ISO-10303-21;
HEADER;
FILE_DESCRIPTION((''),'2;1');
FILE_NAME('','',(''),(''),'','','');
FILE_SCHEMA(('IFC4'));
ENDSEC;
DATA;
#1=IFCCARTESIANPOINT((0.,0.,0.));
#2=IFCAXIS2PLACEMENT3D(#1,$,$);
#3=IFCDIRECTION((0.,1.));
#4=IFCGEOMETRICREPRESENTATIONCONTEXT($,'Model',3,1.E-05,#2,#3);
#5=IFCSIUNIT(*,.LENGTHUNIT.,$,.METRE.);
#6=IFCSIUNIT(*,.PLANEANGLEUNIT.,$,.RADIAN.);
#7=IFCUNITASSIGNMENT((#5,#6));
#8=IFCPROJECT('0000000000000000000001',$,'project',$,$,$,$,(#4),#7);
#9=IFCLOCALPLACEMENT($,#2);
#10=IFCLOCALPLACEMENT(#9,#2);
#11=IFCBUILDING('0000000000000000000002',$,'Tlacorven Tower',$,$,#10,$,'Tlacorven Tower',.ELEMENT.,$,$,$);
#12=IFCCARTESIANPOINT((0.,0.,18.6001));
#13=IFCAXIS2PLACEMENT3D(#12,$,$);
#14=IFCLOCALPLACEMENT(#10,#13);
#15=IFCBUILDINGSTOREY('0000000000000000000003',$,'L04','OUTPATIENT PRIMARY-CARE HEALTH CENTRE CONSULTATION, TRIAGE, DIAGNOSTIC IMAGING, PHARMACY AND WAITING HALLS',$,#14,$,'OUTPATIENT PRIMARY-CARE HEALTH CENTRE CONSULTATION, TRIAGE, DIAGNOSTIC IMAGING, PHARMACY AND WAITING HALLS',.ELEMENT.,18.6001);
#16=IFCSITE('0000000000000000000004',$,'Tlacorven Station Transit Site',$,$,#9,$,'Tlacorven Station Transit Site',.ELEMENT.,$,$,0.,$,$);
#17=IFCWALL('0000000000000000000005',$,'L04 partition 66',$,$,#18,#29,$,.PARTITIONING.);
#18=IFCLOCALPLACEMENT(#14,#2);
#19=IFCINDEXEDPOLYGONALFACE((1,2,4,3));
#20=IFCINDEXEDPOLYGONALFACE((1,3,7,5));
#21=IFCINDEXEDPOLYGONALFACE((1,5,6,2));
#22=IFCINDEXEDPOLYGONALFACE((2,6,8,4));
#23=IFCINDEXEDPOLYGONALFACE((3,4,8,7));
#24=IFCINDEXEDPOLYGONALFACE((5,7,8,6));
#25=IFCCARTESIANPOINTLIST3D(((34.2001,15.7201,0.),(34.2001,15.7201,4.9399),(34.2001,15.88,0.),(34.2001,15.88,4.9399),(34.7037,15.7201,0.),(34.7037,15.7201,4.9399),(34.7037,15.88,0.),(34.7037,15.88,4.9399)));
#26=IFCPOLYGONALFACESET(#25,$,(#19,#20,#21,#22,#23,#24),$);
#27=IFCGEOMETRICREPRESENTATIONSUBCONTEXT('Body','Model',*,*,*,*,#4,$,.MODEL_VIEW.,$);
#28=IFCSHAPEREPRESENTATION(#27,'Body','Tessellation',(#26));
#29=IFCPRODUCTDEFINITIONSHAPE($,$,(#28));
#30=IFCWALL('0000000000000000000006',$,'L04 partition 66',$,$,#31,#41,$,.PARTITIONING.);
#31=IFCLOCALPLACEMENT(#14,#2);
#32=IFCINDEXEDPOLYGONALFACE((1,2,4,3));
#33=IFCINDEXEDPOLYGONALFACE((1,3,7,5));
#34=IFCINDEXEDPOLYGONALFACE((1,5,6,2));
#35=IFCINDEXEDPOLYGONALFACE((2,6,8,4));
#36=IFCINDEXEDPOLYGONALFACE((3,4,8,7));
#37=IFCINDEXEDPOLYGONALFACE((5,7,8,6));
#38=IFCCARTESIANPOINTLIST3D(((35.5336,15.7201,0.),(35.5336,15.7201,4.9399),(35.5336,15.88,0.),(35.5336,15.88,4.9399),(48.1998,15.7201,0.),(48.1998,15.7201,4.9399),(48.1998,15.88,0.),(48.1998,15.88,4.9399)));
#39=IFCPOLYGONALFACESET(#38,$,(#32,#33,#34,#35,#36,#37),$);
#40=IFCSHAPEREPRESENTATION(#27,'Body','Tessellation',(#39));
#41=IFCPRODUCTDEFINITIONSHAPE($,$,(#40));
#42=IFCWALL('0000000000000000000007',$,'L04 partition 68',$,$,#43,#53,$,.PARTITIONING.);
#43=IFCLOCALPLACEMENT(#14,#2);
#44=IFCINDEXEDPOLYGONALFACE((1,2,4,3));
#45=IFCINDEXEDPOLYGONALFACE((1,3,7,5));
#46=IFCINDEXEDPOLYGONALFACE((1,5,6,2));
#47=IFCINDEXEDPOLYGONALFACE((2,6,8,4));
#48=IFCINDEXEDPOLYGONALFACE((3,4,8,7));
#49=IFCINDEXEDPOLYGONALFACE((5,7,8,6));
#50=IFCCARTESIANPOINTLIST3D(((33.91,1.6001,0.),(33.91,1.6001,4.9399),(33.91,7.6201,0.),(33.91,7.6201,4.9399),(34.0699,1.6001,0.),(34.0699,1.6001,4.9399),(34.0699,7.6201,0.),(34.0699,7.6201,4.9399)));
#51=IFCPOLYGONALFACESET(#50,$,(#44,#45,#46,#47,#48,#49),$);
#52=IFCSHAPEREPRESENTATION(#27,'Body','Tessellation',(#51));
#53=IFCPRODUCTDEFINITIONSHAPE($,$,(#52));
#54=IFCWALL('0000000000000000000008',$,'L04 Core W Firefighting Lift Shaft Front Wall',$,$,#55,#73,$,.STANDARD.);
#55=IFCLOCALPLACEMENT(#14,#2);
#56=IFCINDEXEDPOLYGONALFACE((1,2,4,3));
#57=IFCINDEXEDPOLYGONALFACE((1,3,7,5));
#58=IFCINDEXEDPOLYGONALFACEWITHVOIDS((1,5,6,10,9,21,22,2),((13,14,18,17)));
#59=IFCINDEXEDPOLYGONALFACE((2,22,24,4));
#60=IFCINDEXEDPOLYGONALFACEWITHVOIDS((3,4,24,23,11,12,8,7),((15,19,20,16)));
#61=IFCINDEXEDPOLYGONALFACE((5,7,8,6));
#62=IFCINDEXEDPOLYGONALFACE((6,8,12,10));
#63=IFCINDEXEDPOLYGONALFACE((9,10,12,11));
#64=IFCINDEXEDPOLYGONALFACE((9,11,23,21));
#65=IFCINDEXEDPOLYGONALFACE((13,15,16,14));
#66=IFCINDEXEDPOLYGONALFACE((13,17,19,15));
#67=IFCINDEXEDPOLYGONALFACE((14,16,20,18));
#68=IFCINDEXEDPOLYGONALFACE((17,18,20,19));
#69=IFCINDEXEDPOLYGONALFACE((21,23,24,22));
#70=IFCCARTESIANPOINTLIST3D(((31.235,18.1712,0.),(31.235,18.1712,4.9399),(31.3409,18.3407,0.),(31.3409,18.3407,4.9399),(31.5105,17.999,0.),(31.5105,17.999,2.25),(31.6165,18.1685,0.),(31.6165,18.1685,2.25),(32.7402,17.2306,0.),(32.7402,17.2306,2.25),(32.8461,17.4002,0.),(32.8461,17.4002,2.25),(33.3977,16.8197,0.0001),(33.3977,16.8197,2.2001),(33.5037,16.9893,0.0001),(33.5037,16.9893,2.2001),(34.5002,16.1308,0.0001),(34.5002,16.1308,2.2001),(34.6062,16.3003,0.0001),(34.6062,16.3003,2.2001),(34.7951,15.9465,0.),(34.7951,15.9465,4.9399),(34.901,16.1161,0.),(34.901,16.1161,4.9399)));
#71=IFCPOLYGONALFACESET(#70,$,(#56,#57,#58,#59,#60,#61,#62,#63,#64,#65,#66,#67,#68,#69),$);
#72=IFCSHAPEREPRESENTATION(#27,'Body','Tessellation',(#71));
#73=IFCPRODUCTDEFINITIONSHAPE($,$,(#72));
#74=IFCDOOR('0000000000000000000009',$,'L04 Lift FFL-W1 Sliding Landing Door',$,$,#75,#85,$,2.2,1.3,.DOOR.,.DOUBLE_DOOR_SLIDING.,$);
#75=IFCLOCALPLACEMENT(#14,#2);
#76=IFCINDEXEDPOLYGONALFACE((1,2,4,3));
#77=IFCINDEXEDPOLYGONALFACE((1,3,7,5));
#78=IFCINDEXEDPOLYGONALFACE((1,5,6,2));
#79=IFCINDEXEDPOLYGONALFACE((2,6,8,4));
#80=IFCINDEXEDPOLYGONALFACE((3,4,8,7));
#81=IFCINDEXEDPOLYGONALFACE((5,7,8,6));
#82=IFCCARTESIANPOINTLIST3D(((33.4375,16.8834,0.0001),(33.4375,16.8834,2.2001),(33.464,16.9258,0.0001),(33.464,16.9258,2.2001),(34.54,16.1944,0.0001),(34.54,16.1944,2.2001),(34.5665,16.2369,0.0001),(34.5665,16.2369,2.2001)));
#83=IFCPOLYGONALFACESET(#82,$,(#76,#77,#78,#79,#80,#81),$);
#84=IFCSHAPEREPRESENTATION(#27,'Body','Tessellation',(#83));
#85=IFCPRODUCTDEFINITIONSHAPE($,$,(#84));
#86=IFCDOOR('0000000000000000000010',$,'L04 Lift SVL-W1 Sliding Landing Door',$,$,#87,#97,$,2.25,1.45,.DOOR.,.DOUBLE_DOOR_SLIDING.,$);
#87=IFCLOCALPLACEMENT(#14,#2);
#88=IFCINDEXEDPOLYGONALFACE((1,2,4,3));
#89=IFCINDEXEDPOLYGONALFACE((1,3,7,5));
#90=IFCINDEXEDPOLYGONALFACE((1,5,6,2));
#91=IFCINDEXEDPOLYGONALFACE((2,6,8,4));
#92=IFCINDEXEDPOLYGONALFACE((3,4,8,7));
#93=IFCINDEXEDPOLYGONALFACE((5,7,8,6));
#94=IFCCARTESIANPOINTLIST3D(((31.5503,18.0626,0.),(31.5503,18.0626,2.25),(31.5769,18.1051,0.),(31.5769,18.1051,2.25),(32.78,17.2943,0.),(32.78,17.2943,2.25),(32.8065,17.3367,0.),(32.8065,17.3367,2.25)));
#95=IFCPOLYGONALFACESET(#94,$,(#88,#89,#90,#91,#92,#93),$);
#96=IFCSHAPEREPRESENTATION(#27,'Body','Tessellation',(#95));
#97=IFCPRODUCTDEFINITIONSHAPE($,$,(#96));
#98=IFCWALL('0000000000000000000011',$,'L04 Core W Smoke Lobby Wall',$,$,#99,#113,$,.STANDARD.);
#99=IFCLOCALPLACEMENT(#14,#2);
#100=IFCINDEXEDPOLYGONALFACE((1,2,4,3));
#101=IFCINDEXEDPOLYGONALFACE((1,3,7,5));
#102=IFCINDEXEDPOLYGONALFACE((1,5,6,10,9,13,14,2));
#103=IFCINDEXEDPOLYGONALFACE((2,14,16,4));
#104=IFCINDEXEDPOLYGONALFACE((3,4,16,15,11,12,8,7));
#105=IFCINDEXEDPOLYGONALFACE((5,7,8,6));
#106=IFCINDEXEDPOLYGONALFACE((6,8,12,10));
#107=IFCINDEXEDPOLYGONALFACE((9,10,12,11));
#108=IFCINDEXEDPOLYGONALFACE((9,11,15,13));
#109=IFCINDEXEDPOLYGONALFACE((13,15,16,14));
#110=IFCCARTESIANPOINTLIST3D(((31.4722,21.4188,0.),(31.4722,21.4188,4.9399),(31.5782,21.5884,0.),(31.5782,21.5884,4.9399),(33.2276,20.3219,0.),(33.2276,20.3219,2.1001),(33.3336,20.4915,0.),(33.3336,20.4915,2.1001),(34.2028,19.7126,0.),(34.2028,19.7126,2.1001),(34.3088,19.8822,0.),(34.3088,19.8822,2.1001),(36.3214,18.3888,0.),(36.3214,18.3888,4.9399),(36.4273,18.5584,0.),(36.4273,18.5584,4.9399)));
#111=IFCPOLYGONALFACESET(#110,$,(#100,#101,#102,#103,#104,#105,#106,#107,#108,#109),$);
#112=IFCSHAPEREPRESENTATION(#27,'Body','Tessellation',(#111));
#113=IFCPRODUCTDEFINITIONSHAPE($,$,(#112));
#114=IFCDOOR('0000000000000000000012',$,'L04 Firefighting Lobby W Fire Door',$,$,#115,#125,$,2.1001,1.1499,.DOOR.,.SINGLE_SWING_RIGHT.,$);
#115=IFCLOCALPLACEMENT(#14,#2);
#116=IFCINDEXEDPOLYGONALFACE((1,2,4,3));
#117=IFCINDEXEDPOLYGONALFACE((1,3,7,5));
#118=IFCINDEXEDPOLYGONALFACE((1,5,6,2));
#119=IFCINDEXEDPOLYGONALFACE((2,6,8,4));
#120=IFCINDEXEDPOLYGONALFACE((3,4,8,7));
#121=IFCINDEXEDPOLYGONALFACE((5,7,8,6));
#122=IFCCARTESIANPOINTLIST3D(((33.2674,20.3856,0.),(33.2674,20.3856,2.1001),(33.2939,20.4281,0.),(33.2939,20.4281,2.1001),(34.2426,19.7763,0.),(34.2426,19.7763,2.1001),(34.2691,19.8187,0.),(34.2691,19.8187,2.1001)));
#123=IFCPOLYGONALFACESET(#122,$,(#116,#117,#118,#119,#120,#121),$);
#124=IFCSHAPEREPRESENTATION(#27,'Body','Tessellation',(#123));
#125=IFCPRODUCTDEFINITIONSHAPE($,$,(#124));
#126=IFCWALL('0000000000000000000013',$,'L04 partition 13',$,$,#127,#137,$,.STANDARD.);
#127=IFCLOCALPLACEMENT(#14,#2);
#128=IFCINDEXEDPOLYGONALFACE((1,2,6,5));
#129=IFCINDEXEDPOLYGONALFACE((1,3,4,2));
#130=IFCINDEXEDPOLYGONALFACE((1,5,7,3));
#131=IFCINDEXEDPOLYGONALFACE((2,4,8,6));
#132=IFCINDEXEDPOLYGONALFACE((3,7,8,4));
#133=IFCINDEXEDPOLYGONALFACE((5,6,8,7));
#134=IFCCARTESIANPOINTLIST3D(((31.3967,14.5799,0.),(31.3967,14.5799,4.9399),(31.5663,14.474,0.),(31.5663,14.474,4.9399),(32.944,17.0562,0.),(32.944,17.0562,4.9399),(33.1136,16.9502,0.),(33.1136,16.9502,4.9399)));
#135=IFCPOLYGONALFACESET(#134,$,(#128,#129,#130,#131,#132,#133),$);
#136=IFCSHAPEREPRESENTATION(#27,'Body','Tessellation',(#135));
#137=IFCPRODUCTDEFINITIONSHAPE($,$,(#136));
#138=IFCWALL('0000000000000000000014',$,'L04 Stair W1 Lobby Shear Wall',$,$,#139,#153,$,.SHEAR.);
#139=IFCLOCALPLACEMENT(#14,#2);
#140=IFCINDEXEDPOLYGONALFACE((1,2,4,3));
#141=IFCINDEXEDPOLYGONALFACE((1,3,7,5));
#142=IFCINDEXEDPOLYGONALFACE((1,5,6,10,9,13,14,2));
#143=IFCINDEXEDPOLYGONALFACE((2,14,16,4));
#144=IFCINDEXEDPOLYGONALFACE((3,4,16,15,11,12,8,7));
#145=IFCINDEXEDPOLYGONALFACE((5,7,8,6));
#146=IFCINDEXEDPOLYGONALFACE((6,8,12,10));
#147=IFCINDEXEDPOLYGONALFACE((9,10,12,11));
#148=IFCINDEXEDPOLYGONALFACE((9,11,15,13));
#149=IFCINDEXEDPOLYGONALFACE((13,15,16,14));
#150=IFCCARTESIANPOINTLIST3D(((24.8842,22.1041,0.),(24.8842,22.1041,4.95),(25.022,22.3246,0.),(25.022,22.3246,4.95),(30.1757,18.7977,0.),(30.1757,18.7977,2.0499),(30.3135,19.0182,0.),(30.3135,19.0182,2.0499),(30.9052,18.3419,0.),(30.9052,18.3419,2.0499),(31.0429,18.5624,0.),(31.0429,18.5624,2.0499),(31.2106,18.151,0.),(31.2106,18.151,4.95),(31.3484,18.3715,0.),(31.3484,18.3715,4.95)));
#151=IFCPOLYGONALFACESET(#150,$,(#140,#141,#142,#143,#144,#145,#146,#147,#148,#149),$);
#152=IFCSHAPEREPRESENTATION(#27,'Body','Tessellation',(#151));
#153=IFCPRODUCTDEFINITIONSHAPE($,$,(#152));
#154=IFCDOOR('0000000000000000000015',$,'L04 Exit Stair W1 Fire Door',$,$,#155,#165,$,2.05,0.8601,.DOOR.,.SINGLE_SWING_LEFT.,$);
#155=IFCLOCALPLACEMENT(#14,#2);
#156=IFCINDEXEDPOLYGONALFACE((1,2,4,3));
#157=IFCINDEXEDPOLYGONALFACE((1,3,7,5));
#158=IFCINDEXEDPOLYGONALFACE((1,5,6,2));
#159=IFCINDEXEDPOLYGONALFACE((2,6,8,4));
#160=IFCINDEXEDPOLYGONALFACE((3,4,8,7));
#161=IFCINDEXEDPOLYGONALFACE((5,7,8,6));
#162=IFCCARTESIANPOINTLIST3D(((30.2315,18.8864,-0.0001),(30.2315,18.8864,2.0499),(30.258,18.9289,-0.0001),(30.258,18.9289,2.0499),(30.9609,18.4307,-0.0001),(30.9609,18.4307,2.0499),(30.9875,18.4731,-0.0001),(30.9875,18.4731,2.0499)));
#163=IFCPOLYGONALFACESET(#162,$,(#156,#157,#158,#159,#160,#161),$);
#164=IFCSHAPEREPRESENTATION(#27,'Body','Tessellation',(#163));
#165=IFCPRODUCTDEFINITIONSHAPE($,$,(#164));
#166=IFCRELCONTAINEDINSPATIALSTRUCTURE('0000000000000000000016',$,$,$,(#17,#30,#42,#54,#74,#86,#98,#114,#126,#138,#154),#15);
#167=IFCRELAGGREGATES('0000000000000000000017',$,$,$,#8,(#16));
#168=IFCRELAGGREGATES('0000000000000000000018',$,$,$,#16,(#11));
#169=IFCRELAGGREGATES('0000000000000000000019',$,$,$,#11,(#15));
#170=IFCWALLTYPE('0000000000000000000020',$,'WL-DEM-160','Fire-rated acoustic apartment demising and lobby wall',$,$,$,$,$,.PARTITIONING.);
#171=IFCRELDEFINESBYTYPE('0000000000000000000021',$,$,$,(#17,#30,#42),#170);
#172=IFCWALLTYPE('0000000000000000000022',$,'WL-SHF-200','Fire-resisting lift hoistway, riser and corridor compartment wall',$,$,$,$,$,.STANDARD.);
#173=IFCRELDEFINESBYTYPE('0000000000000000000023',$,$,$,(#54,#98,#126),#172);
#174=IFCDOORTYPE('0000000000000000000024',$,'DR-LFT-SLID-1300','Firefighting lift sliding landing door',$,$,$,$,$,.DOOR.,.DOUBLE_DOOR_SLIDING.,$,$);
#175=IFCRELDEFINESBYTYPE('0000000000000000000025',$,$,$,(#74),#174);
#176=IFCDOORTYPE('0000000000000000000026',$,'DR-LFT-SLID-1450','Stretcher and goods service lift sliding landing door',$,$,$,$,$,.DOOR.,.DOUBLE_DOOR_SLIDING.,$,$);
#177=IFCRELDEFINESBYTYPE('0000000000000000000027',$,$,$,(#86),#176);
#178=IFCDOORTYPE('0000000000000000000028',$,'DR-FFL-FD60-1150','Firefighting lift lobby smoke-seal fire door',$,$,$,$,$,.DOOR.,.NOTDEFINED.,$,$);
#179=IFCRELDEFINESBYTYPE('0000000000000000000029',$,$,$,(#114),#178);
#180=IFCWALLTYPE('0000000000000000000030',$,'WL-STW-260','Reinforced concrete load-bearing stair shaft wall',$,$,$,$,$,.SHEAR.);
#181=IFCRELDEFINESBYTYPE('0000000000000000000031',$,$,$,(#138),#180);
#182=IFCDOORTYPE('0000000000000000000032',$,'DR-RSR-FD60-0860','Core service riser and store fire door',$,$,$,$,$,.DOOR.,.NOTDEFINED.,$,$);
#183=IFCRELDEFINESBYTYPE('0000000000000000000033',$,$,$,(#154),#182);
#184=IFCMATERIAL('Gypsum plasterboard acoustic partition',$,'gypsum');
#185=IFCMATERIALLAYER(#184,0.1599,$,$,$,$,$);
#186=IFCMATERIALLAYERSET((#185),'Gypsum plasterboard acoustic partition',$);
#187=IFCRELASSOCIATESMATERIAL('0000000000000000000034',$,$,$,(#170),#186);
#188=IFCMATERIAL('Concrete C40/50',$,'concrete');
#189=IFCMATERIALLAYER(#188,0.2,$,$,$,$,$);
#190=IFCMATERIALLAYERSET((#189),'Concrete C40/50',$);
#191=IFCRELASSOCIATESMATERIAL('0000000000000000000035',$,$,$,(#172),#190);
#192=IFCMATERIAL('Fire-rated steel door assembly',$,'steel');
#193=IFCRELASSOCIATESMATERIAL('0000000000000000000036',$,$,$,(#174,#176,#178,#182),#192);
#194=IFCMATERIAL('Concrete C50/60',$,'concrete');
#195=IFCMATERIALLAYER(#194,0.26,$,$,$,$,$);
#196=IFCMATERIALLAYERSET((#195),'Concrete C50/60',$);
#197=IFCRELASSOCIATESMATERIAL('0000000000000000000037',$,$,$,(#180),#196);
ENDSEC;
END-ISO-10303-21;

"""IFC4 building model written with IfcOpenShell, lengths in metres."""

from ifc_helpers import new_model, si_unit, direction, frame, frame_2d, origin, place, context, subcontext, project, spatial, rectangle, extrude, source, transform, mapped, material, layer, layer_set, type_object, element, fill, save


model = new_model("IFC4")

# Units and contexts
model_context = context("Model", 3, precision=1e-05, world=origin(), true_north=direction((0.0, 1.0)))
body_context = subcontext(model_context, "Body", "Model", "MODEL_VIEW")
ifc_project = project(units=[si_unit("LENGTHUNIT", "METRE"), si_unit("PLANEANGLEUNIT", "RADIAN")], contexts=[model_context])

# Site, building, storey
site_placement = place(None, origin())
site = spatial("IfcSite", under=ifc_project, at=site_placement, Name="Tlacorven Station Transit Site", LongName="Tlacorven Station Transit Site", CompositionType="ELEMENT", RefElevation=0.0)
building_placement = place(site_placement, origin())
building = spatial("IfcBuilding", under=site, at=building_placement, Name="Tlacorven Tower", LongName="Tlacorven Tower", CompositionType="ELEMENT")
storey_placement = place(building_placement, frame((0.0, 0.0, 18.6001)))
storey = spatial("IfcBuildingStorey", under=building, at=storey_placement, Name="L04", Description="OUTPATIENT PRIMARY-CARE HEALTH CENTRE CONSULTATION, TRIAGE, DIAGNOSTIC IMAGING, PHARMACY AND WAITING HALLS", LongName="OUTPATIENT PRIMARY-CARE HEALTH CENTRE CONSULTATION, TRIAGE, DIAGNOSTIC IMAGING, PHARMACY AND WAITING HALLS", CompositionType="ELEMENT", Elevation=18.6001)

# Walls
ifc_material_1 = material(Name="Gypsum plasterboard acoustic partition", Category="gypsum")
ifc_layer_1 = layer(ifc_material_1, 0.1599)
ifc_layer_set_1 = layer_set([ifc_layer_1], Name="Gypsum plasterboard acoustic partition")
wall_type_1 = type_object("IfcWallType", Name="WL-DEM-160", Description="Fire-rated acoustic apartment demising and lobby wall", PredefinedType="PARTITIONING", material=ifc_layer_set_1)
wall_1_placement = place(storey_placement, frame((34.2, 15.8, 0.0), z_axis=(0.0, 0.0, 1.0), x_axis=(1.0, 0.0, 0.0)))
element("IfcWall", 1, at=wall_1_placement, inside=storey, type_object=wall_type_1, Name="L04 partition 66", PredefinedType="PARTITIONING", context=body_context, shape_type="SweptSolid", body=[
    extrude(rectangle(XDim=0.5037, YDim=0.1599, at=frame_2d((0.252, 0.0))), origin(), (0.0, 0.0, 1.0), 4.9399),
])
wall_2_placement = place(storey_placement, frame((35.5337, 15.8, 0.0), z_axis=(0.0, 0.0, 1.0), x_axis=(1.0, 0.0, 0.0)))
element("IfcWall", 2, at=wall_2_placement, inside=storey, type_object=wall_type_1, Name="L04 partition 66", PredefinedType="PARTITIONING", context=body_context, shape_type="SweptSolid", body=[
    extrude(rectangle(XDim=12.6663, YDim=0.1599, at=frame_2d((6.333, 0.0))), origin(), (0.0, 0.0, 1.0), 4.9399),
])
wall_3_placement = place(storey_placement, frame((33.99, 1.6001, 0.0), z_axis=(0.0, 0.0, 1.0), x_axis=(0.0, 1.0, 0.0)))
element("IfcWall", 3, at=wall_3_placement, inside=storey, type_object=wall_type_1, Name="L04 partition 68", PredefinedType="PARTITIONING", context=body_context, shape_type="SweptSolid", body=[
    extrude(rectangle(XDim=6.02, YDim=0.1599, at=frame_2d((3.01, 0.0))), origin(), (0.0, 0.0, 1.0), 4.9399),
])

# Wall, openings, doors
ifc_material_2 = material(Name="Concrete C40/50", Category="concrete")
ifc_layer_2 = layer(ifc_material_2, 0.2)
ifc_layer_set_2 = layer_set([ifc_layer_2], Name="Concrete C40/50")
wall_type_2 = type_object("IfcWallType", Name="WL-SHF-200", Description="Fire-resisting lift hoistway, riser and corridor compartment wall", PredefinedType="STANDARD", material=ifc_layer_set_2)
wall_4_placement = place(storey_placement, frame((34.8481, 16.0312, 0.0), z_axis=(0.0, 0.0, 1.0), x_axis=(-0.848044, 0.529926, 0.0)))
wall_4 = element("IfcWall", 4, at=wall_4_placement, inside=storey, type_object=wall_type_2, Name="L04 Core W Firefighting Lift Shaft Front Wall", PredefinedType="STANDARD", context=body_context, shape_type="SweptSolid", body=[
    extrude(rectangle(XDim=4.198, YDim=0.2, at=frame_2d((2.0991, 0.0))), origin(), (0.0, 0.0, 1.0), 4.9399),
])
opening_1_placement = place(wall_4_placement, frame((0.3479, 0.0, 0.0)))
opening_1 = element("IfcOpeningElement", 5, at=opening_1_placement, cuts=wall_4, PredefinedType="OPENING", context=body_context, shape_type="SweptSolid", body=[
    extrude(rectangle(XDim=1.3, YDim=2.2, at=frame_2d((0.6499, 1.1001))), frame((0.0, 0.1099, 0.0), z_axis=(0.0, -1.0, 0.0), x_axis=(1.0, 0.0, 0.0)), (0.0, 0.0, 1.0), 0.22),
])
opening_2_placement = place(wall_4_placement, frame((2.4231, 0.0, 0.0)))
opening_2 = element("IfcOpeningElement", 6, at=opening_2_placement, cuts=wall_4, PredefinedType="OPENING", context=body_context, shape_type="SweptSolid", body=[
    extrude(rectangle(XDim=1.45, YDim=2.25, at=frame_2d((0.7251, 1.125))), frame((0.0, 0.1099, 0.0), z_axis=(0.0, -1.0, 0.0), x_axis=(1.0, 0.0, 0.0)), (0.0, 0.0, 1.0), 0.22),
])
ifc_material_3 = material(Name="Fire-rated steel door assembly", Category="steel")
door_type_1 = type_object("IfcDoorType", Name="DR-LFT-SLID-1300", Description="Firefighting lift sliding landing door", OperationType="DOUBLE_DOOR_SLIDING", PredefinedType="DOOR", material=ifc_material_3)
shared_shape_1 = source(origin(), body_context, "Body", "SweptSolid", [
    extrude(rectangle(XDim=1.3, YDim=2.2, at=frame_2d((0.6499, 1.1001))), frame((0.0, 0.0249, 0.0), z_axis=(0.0, -1.0, 0.0), x_axis=(1.0, 0.0, 0.0)), (0.0, 0.0, 1.0), 0.05),
])
door_1_placement = place(opening_1_placement, origin())
door_1 = element("IfcDoor", 7, at=door_1_placement, inside=storey, type_object=door_type_1, Name="L04 Lift FFL-W1 Sliding Landing Door", OperationType="DOUBLE_DOOR_SLIDING", OverallHeight=2.2, OverallWidth=1.3, PredefinedType="DOOR", context=body_context, shape_type="MappedRepresentation", body=[
    mapped(shared_shape_1, transform((0.0, 0.0, 0.0), scale=1.0)),
])
fill(opening_1, door_1)
door_type_2 = type_object("IfcDoorType", Name="DR-LFT-SLID-1450", Description="Stretcher and goods service lift sliding landing door", OperationType="DOUBLE_DOOR_SLIDING", PredefinedType="DOOR", material=ifc_material_3)
shared_shape_2 = source(origin(), body_context, "Body", "SweptSolid", [
    extrude(rectangle(XDim=1.45, YDim=2.25, at=frame_2d((0.7251, 1.125))), frame((0.0, 0.0249, 0.0), z_axis=(0.0, -1.0, 0.0), x_axis=(1.0, 0.0, 0.0)), (0.0, 0.0, 1.0), 0.05),
])
door_2_placement = place(opening_2_placement, origin())
door_2 = element("IfcDoor", 8, at=door_2_placement, inside=storey, type_object=door_type_2, Name="L04 Lift SVL-W1 Sliding Landing Door", OperationType="DOUBLE_DOOR_SLIDING", OverallHeight=2.25, OverallWidth=1.45, PredefinedType="DOOR", context=body_context, shape_type="MappedRepresentation", body=[
    mapped(shared_shape_2, transform((0.0, 0.0, 0.0), scale=1.0)),
])
fill(opening_2, door_2)

# Wall, opening, door
wall_5_placement = place(storey_placement, frame((36.3743, 18.4736, 0.0), z_axis=(0.0, 0.0, 1.0), x_axis=(-0.848051, 0.529915, 0.0)))
wall_5 = element("IfcWall", 9, at=wall_5_placement, inside=storey, type_object=wall_type_2, Name="L04 Core W Smoke Lobby Wall", PredefinedType="STANDARD", context=body_context, shape_type="SweptSolid", body=[
    extrude(rectangle(XDim=5.718, YDim=0.2, at=frame_2d((2.8589, 0.0))), origin(), (0.0, 0.0, 1.0), 4.9399),
])
opening_3_placement = place(wall_5_placement, frame((2.498, 0.0, 0.0)))
opening_3 = element("IfcOpeningElement", 10, at=opening_3_placement, cuts=wall_5, PredefinedType="OPENING", context=body_context, shape_type="SweptSolid", body=[
    extrude(rectangle(XDim=1.1499, YDim=2.1001, at=frame_2d((0.575, 1.05))), frame((0.0, 0.1099, 0.0), z_axis=(0.0, -1.0, 0.0), x_axis=(1.0, 0.0, 0.0)), (0.0, 0.0, 1.0), 0.22),
])
door_type_3 = type_object("IfcDoorType", Name="DR-FFL-FD60-1150", Description="Firefighting lift lobby smoke-seal fire door", OperationType="NOTDEFINED", PredefinedType="DOOR", material=ifc_material_3)
shared_shape_3 = source(origin(), body_context, "Body", "SweptSolid", [
    extrude(rectangle(XDim=1.1499, YDim=2.1001, at=frame_2d((0.575, 1.05))), frame((0.0, 0.0249, 0.0), z_axis=(0.0, -1.0, 0.0), x_axis=(1.0, 0.0, 0.0)), (0.0, 0.0, 1.0), 0.05),
])
door_3_placement = place(opening_3_placement, origin())
door_3 = element("IfcDoor", 11, at=door_3_placement, inside=storey, type_object=door_type_3, Name="L04 Firefighting Lobby W Fire Door", OperationType="SINGLE_SWING_RIGHT", OverallHeight=2.1001, OverallWidth=1.1499, PredefinedType="DOOR", context=body_context, shape_type="MappedRepresentation", body=[
    mapped(shared_shape_3, transform((0.0, 0.0, 0.0), scale=1.0)),
])
fill(opening_3, door_3)

# Wall
wall_6_placement = place(storey_placement, frame((33.0288, 17.0032, 0.0), z_axis=(0.0, 0.0, 1.0), x_axis=(-0.529916, -0.84805, 0.0)))
element("IfcWall", 12, at=wall_6_placement, inside=storey, type_object=wall_type_2, Name="L04 partition 13", PredefinedType="STANDARD", context=body_context, shape_type="SweptSolid", body=[
    extrude(rectangle(XDim=2.9199, YDim=0.2, at=frame_2d((1.46, 0.0))), origin(), (0.0, 0.0, 1.0), 4.9399),
])

# Wall, opening, door
ifc_material_4 = material(Name="Concrete C50/60", Category="concrete")
ifc_layer_3 = layer(ifc_material_4, 0.26)
ifc_layer_set_3 = layer_set([ifc_layer_3], Name="Concrete C50/60")
wall_type_3 = type_object("IfcWallType", Name="WL-STW-260", Description="Reinforced concrete load-bearing stair shaft wall", PredefinedType="SHEAR", material=ifc_layer_set_3)
wall_7_placement = place(storey_placement, frame((31.2795, 18.2612, 0.0), z_axis=(0.0, 0.0, 1.0), x_axis=(-0.848052, 0.529914, 0.0)))
wall_7 = element("IfcWall", 13, at=wall_7_placement, inside=storey, type_object=wall_type_3, Name="L04 Stair W1 Lobby Shear Wall", PredefinedType="SHEAR", context=body_context, shape_type="SweptSolid", body=[
    extrude(rectangle(XDim=7.46, YDim=0.26, at=frame_2d((3.73, 0.0))), origin(), (0.0, 0.0, 1.0), 4.95),
])
opening_4_placement = place(wall_7_placement, frame((0.3601, 0.0, 0.0)))
opening_4 = element("IfcOpeningElement", 14, at=opening_4_placement, cuts=wall_7, PredefinedType="OPENING", context=body_context, shape_type="SweptSolid", body=[
    extrude(rectangle(XDim=0.8601, YDim=2.05, at=frame_2d((0.4302, 1.0249))), frame((0.0, 0.1401, 0.0), z_axis=(0.0, -1.0, 0.0), x_axis=(1.0, 0.0, 0.0)), (0.0, 0.0, 1.0), 0.28),
])
door_type_4 = type_object("IfcDoorType", Name="DR-RSR-FD60-0860", Description="Core service riser and store fire door", OperationType="NOTDEFINED", PredefinedType="DOOR", material=ifc_material_3)
shared_shape_4 = source(origin(), body_context, "Body", "SweptSolid", [
    extrude(rectangle(XDim=0.8601, YDim=2.05, at=frame_2d((0.4302, 1.0249))), frame((0.0, 0.0249, 0.0), z_axis=(0.0, -1.0, 0.0), x_axis=(1.0, 0.0, 0.0)), (0.0, 0.0, 1.0), 0.05),
])
door_4_placement = place(opening_4_placement, frame((0.8601, 0.0, 0.0), z_axis=(0.0, 0.0, 1.0), x_axis=(-1.0, 0.0, 0.0)))
door_4 = element("IfcDoor", 15, at=door_4_placement, inside=storey, type_object=door_type_4, Name="L04 Exit Stair W1 Fire Door", OperationType="SINGLE_SWING_LEFT", OverallHeight=2.05, OverallWidth=0.8601, PredefinedType="DOOR", context=body_context, shape_type="MappedRepresentation", body=[
    mapped(shared_shape_4, transform((0.0, 0.0, 0.0), scale=1.0)),
])
fill(opening_4, door_4)

save(model, "model.ifc")
